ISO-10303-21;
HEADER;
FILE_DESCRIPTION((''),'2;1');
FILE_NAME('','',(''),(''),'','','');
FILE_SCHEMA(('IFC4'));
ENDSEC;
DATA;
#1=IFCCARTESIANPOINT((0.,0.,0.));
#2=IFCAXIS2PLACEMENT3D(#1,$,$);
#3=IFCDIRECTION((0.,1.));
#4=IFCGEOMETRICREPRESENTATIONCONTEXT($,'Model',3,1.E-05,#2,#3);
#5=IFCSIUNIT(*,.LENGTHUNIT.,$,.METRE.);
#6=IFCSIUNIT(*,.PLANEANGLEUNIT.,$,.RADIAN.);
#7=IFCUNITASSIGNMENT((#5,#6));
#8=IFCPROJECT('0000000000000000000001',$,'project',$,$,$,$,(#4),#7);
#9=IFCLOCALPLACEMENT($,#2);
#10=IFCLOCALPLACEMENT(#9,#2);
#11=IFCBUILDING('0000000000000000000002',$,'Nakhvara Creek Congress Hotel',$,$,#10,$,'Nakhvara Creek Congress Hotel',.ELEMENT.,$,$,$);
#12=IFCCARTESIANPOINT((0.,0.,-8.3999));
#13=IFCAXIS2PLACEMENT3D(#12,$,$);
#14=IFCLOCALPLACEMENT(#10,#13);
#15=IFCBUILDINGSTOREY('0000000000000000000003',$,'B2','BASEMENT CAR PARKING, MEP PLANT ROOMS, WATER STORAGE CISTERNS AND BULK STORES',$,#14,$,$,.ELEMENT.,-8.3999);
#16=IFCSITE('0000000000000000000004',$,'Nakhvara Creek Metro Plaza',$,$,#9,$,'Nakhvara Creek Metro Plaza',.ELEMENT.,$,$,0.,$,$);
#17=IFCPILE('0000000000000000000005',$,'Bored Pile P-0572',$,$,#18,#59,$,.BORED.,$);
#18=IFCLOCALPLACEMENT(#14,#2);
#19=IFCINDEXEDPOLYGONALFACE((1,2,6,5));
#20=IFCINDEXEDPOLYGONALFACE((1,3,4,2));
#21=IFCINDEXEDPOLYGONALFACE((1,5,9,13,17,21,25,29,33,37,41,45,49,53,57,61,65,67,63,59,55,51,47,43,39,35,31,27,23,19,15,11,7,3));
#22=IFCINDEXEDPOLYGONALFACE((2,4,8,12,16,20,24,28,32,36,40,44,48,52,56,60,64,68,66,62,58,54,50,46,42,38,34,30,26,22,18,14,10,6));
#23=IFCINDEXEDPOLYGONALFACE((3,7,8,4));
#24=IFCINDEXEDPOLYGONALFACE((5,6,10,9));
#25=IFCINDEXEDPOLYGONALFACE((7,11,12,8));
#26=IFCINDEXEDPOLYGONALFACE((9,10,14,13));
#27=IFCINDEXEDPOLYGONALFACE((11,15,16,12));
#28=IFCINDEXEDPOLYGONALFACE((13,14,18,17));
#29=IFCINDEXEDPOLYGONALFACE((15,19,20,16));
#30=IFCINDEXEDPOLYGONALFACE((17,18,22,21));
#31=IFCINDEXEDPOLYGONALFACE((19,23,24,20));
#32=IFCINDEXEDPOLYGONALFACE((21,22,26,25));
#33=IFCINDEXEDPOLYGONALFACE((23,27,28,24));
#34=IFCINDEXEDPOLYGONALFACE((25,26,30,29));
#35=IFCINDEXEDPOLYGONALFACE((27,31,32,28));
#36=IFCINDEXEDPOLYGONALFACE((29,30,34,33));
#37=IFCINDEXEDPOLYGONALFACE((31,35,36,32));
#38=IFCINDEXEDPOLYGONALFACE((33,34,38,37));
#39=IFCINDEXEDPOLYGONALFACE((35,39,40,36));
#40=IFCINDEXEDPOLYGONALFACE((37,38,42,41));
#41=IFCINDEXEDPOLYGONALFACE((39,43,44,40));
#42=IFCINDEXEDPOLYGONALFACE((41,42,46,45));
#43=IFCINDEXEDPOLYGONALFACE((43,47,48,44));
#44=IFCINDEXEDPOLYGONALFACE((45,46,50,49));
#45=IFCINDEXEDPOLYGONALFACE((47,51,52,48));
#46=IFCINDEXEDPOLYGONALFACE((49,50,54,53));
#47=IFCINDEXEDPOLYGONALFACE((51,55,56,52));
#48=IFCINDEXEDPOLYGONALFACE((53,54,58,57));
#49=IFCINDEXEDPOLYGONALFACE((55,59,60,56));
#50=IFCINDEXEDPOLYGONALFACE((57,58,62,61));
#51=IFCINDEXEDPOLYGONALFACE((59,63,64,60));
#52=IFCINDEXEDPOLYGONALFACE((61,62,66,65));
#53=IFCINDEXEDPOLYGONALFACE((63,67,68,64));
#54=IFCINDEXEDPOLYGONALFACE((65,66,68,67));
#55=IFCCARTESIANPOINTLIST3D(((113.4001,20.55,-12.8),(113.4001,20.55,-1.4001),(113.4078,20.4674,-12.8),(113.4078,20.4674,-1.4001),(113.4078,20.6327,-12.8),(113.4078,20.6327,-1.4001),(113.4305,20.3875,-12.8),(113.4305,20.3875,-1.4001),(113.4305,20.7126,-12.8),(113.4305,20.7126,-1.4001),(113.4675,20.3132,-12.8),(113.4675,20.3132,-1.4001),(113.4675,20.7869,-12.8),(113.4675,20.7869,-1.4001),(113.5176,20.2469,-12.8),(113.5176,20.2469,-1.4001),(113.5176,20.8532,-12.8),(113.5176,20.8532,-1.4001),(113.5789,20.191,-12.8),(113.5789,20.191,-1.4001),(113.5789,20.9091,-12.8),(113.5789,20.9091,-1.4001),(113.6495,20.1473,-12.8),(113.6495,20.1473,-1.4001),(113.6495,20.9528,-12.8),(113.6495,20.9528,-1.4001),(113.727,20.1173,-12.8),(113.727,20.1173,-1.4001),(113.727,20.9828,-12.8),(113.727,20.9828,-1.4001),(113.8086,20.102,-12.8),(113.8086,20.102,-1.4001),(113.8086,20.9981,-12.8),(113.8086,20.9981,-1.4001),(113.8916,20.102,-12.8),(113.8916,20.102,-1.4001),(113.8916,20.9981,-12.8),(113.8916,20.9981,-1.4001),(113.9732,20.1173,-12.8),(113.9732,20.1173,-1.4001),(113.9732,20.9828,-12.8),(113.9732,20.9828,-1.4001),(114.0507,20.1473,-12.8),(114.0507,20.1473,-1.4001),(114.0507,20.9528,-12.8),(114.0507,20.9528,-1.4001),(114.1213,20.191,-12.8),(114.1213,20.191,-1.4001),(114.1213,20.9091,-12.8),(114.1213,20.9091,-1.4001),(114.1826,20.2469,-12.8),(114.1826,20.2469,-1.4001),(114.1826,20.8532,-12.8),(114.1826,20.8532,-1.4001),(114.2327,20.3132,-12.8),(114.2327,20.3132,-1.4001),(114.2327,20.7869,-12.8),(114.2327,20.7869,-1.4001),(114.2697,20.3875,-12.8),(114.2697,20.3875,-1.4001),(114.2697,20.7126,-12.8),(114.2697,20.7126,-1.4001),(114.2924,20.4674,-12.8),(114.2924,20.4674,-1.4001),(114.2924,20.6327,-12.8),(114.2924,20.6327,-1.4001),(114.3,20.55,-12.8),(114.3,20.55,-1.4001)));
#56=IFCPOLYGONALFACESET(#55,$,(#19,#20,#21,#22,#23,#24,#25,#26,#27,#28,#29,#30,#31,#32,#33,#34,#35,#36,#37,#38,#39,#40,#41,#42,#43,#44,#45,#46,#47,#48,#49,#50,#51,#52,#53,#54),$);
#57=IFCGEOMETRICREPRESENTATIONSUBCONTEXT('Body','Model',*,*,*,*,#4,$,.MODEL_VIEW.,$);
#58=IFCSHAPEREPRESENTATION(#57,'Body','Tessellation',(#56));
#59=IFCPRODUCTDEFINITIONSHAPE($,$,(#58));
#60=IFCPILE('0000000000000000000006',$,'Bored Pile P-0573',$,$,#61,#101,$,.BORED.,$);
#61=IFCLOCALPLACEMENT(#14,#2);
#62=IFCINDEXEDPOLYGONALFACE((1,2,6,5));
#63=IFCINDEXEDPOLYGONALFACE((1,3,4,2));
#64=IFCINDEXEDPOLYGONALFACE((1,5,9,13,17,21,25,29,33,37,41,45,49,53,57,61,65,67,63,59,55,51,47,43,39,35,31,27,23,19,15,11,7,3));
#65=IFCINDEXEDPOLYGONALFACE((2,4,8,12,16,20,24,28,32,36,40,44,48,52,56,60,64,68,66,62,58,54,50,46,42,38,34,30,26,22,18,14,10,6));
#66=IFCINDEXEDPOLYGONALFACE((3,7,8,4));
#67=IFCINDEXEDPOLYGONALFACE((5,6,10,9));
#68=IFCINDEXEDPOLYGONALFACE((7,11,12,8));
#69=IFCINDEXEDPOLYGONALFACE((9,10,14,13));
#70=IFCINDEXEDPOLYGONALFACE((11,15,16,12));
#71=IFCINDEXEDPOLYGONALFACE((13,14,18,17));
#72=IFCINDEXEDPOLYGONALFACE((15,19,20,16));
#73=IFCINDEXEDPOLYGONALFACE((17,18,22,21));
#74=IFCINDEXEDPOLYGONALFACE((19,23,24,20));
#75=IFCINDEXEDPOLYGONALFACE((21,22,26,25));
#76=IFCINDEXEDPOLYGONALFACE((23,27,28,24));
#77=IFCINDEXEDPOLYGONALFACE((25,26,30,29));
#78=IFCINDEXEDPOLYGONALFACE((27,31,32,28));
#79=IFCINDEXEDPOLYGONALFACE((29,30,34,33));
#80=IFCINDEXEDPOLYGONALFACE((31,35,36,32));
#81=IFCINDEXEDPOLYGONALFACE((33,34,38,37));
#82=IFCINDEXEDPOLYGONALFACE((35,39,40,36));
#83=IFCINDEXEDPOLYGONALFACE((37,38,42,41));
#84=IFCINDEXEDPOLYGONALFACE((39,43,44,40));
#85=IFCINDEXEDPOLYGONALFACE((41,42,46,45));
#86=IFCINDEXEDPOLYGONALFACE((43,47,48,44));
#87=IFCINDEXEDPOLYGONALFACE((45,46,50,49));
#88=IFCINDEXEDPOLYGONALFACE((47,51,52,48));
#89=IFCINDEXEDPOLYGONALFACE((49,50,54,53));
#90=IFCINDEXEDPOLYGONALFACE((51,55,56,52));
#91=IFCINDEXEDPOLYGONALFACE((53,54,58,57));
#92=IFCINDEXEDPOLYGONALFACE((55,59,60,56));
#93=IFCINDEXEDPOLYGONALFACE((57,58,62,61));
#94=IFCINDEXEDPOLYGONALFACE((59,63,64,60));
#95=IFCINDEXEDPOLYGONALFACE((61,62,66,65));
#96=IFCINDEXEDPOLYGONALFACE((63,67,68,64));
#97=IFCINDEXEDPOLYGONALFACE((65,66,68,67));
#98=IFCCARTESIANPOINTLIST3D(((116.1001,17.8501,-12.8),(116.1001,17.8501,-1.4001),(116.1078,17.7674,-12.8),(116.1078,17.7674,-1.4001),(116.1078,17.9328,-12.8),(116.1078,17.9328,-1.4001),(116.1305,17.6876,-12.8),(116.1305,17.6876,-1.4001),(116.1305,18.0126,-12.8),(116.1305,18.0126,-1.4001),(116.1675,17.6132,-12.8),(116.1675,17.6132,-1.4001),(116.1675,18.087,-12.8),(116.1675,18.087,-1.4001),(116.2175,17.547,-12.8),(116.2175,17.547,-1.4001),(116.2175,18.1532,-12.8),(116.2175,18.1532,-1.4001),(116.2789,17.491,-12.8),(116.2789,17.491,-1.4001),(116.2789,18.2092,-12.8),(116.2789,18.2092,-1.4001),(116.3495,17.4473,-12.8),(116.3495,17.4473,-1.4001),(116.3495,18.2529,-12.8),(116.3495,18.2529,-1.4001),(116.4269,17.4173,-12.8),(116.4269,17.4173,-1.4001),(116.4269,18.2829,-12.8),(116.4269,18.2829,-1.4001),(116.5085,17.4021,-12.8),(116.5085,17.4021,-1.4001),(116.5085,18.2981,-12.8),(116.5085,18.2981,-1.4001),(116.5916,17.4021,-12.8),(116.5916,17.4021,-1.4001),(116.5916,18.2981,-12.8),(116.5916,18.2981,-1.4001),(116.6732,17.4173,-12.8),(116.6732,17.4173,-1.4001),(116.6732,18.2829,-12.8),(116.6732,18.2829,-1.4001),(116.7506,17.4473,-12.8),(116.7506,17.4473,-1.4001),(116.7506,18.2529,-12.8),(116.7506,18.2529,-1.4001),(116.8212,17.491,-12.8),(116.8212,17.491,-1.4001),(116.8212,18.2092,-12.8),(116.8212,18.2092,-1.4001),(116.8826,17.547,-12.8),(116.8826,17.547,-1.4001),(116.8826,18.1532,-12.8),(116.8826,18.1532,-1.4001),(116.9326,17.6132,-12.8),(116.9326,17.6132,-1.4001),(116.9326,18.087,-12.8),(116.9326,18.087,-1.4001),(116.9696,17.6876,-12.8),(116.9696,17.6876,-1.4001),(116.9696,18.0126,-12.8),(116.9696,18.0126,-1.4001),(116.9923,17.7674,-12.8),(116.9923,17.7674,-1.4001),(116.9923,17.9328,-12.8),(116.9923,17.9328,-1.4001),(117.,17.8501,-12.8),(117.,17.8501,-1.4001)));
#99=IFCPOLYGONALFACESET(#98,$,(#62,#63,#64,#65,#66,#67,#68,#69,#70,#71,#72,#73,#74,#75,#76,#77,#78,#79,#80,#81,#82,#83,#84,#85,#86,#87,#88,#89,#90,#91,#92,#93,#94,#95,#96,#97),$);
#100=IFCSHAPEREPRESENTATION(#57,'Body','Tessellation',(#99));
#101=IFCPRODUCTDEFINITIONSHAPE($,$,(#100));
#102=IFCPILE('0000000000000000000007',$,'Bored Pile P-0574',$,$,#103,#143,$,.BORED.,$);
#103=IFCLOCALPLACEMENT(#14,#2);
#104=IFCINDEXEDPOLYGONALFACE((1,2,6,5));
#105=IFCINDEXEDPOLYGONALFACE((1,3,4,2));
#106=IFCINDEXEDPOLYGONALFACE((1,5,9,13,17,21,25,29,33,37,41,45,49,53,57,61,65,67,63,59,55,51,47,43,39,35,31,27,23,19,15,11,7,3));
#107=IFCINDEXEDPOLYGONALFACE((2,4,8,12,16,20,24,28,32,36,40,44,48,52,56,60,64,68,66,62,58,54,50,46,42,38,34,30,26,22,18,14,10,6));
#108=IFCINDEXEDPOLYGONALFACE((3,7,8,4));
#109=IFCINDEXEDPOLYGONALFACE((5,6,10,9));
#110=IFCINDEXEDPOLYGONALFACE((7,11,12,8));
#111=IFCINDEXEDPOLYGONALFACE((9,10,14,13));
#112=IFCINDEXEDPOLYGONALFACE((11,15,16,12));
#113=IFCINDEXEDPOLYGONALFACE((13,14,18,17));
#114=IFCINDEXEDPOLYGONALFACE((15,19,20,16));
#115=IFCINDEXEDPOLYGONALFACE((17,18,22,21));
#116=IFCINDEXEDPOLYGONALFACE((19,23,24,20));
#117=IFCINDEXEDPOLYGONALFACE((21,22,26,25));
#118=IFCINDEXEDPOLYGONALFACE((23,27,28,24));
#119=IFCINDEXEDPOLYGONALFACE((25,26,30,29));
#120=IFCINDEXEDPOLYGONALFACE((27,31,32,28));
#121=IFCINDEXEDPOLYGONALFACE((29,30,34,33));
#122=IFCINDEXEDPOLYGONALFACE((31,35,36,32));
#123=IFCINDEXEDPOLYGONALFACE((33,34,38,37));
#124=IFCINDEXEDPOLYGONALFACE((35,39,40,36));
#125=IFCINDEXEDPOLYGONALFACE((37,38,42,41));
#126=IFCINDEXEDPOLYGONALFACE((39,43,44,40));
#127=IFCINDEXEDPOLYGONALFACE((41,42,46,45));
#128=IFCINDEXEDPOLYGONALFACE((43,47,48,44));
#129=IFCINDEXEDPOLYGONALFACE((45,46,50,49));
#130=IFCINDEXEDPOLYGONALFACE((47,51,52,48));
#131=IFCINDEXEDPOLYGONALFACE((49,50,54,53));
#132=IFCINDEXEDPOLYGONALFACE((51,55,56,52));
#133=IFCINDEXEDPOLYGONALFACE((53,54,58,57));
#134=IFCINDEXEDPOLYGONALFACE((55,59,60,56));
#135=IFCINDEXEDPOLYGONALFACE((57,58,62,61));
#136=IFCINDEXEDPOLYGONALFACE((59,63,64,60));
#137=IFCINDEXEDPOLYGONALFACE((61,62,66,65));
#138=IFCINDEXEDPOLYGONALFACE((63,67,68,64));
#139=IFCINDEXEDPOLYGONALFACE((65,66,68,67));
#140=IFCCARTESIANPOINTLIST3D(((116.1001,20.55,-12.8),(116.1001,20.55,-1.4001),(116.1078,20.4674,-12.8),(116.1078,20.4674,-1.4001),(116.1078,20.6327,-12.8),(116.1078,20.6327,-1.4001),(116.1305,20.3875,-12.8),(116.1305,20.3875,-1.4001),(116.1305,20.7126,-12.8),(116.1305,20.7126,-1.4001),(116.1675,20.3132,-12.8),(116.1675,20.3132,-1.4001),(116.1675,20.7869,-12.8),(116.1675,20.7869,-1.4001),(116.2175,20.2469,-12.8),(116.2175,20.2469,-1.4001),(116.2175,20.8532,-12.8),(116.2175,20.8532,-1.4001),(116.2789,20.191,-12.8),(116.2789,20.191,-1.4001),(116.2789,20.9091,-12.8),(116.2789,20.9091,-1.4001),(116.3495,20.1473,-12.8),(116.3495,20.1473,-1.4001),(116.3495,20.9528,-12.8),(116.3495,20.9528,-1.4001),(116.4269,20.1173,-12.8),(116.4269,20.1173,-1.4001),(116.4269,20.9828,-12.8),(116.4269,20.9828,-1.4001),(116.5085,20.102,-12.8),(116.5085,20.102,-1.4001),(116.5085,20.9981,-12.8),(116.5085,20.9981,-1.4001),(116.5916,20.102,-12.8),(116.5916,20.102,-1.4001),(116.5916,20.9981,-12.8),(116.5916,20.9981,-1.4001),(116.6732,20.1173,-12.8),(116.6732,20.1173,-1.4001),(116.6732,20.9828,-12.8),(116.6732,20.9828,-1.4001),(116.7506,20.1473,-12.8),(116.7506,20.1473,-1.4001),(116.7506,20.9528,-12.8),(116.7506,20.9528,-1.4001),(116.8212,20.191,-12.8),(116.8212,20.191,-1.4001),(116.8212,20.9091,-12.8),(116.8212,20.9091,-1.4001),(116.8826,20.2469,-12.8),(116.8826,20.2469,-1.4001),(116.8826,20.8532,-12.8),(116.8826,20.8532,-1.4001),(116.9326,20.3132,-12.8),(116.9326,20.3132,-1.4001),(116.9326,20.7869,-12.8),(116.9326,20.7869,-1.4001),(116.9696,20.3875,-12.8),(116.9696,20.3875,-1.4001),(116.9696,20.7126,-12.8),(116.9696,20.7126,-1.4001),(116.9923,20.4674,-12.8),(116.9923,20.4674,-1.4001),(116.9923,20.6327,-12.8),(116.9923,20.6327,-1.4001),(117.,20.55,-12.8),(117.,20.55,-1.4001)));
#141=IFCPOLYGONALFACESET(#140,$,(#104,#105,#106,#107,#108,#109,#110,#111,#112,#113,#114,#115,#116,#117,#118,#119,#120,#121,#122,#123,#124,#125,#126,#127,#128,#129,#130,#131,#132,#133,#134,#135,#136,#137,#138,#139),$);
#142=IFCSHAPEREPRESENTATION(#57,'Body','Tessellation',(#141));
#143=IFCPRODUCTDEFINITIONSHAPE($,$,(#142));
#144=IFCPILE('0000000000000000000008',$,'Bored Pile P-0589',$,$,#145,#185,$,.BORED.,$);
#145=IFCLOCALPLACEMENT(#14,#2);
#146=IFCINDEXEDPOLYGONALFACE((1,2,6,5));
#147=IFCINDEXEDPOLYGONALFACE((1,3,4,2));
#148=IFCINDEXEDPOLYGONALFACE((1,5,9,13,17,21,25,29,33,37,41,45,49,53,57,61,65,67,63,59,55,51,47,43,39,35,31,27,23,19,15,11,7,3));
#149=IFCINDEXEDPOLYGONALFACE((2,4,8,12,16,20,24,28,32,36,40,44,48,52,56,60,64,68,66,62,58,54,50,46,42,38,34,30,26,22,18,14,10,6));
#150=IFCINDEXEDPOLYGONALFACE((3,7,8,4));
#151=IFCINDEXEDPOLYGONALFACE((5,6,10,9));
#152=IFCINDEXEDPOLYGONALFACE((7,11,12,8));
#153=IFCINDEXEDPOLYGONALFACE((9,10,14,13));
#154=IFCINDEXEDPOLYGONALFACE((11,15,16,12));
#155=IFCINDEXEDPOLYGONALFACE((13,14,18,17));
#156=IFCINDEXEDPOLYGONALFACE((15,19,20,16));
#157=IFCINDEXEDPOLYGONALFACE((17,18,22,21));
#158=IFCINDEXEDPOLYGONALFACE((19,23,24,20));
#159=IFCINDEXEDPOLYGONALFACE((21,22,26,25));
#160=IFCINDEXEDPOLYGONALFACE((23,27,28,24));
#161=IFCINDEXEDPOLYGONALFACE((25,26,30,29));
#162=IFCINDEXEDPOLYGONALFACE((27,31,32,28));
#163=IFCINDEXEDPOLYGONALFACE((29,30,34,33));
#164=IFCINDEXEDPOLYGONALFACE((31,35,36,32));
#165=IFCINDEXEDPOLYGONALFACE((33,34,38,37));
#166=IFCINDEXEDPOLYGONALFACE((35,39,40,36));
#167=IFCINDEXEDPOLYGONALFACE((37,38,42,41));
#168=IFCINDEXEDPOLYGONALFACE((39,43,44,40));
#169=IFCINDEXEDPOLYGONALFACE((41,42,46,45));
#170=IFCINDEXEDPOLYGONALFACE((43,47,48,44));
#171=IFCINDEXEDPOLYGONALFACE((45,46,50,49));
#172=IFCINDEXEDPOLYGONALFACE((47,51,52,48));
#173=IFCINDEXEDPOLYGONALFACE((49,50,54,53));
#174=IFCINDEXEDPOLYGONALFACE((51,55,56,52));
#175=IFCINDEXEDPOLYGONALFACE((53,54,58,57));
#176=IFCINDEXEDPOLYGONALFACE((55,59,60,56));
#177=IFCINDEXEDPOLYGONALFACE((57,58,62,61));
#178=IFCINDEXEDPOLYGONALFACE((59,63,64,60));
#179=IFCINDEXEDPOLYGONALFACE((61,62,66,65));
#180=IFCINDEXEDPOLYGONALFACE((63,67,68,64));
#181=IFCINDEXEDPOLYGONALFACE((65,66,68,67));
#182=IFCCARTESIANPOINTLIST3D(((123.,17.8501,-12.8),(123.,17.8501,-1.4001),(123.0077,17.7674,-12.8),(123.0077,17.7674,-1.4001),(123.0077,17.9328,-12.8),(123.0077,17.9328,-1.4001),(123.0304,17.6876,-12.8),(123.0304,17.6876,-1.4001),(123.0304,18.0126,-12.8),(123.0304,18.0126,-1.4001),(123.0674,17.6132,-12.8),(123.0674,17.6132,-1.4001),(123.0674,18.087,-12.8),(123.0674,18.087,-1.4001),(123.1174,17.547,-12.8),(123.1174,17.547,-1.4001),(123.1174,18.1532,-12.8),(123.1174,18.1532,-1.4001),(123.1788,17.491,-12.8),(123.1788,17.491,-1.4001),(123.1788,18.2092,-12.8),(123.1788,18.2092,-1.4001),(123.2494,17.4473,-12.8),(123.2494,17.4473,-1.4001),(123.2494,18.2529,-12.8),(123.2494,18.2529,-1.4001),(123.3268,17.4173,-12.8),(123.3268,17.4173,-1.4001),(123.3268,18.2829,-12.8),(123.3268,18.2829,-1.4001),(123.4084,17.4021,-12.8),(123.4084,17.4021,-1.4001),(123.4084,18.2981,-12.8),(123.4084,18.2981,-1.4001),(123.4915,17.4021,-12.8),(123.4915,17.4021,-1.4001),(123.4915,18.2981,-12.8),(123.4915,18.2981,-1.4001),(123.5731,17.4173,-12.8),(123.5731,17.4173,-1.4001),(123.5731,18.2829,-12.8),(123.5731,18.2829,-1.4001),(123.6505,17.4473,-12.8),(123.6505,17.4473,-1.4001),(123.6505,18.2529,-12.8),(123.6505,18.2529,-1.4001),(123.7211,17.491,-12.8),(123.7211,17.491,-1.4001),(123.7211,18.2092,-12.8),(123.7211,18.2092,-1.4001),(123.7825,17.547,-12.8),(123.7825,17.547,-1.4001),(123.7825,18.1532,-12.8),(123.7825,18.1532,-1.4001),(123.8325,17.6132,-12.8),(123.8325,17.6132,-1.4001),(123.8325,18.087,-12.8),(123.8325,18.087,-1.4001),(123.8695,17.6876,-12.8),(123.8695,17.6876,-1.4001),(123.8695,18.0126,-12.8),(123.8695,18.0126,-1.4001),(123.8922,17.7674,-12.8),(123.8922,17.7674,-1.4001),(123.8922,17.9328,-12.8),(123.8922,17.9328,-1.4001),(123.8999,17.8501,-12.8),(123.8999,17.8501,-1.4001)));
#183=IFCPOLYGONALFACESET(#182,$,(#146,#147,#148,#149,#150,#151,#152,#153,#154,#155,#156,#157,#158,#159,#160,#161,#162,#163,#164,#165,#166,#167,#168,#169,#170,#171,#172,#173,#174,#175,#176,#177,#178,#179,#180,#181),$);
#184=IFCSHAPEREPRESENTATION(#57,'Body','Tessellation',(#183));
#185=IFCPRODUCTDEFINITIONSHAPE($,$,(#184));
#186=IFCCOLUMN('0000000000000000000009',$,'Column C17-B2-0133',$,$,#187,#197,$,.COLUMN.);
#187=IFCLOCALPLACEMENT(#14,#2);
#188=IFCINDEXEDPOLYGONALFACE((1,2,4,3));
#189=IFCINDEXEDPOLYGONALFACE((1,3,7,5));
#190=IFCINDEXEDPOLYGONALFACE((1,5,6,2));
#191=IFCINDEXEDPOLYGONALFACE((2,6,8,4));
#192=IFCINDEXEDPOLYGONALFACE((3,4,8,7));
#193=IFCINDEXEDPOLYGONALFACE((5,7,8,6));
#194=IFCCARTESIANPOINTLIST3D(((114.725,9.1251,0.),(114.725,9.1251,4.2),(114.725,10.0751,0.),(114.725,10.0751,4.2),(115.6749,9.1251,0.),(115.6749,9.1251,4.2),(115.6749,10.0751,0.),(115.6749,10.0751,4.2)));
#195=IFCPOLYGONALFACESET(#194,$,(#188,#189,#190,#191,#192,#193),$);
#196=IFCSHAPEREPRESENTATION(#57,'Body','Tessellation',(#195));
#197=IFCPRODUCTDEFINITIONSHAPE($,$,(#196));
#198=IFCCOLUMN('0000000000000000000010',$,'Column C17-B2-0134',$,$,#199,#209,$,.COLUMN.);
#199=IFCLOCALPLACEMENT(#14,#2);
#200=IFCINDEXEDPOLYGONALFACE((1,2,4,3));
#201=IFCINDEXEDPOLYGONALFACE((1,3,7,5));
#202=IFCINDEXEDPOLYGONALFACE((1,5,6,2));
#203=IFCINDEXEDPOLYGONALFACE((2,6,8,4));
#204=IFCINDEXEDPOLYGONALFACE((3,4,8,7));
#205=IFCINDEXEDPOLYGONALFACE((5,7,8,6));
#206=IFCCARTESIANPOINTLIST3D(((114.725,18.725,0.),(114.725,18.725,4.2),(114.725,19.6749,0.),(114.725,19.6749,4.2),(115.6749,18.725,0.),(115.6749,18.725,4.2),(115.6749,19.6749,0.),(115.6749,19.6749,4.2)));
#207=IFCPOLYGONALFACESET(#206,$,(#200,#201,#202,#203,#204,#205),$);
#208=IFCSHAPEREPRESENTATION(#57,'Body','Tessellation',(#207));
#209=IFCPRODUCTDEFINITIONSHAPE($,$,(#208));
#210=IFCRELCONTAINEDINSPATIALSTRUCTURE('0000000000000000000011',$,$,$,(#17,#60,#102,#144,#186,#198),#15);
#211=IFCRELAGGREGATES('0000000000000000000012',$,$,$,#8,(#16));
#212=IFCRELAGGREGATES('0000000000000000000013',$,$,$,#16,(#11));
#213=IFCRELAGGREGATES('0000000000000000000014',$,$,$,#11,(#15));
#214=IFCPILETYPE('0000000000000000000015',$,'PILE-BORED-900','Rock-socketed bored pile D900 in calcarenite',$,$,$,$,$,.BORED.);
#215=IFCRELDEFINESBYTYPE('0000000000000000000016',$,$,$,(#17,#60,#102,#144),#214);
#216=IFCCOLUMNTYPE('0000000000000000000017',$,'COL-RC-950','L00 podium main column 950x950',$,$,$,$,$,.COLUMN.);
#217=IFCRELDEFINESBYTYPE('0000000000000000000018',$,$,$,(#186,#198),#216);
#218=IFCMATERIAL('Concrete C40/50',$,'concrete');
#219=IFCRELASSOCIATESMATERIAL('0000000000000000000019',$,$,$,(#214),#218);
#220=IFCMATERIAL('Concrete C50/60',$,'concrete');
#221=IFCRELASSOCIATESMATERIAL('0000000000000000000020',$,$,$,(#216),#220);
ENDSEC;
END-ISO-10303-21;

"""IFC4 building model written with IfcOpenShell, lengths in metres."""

from ifc_helpers import new_model, si_unit, direction, frame, origin, origin_2d, place, context, subcontext, project, spatial, rectangle, circle, extrude, material, material_profile, profile_set, type_object, element, save


model = new_model("IFC4")

# Units and contexts
model_context = context("Model", 3, precision=1e-05, world=origin(), true_north=direction((0.0, 1.0)))
body_context = subcontext(model_context, "Body", "Model", "MODEL_VIEW")
ifc_project = project(units=[si_unit("LENGTHUNIT", "METRE"), si_unit("PLANEANGLEUNIT", "RADIAN")], contexts=[model_context])

# Site, building, storey
site_placement = place(None, origin())
site = spatial("IfcSite", under=ifc_project, at=site_placement, Name="Nakhvara Creek Metro Plaza", LongName="Nakhvara Creek Metro Plaza", CompositionType="ELEMENT", RefElevation=0.0)
building_placement = place(site_placement, origin())
building = spatial("IfcBuilding", under=site, at=building_placement, Name="Nakhvara Creek Congress Hotel", LongName="Nakhvara Creek Congress Hotel", CompositionType="ELEMENT")
storey_placement = place(building_placement, frame((0.0, 0.0, -8.3999)))
storey = spatial("IfcBuildingStorey", under=building, at=storey_placement, Name="B2", Description="BASEMENT CAR PARKING, MEP PLANT ROOMS, WATER STORAGE CISTERNS AND BULK STORES", CompositionType="ELEMENT", Elevation=-8.3999)

# Shared definitions
ifc_material_1 = material(Name="Concrete C40/50", Category="concrete")

# Piles
ifc_material_profile_1 = material_profile(ifc_material_1, circle(Radius=0.45, at=origin_2d()), Name="BORED PILE D900", Category="LoadBearing")
ifc_profile_set_1 = profile_set([ifc_material_profile_1], Name="Concrete C40/50")
pile_type = type_object("IfcPileType", Name="PILE-BORED-900", Description="Rock-socketed bored pile D900 in calcarenite", PredefinedType="BORED", material=ifc_profile_set_1)
for number, where, z_axis, x_axis, name in (
    (1, (113.8501, 20.55, -1.4001), (0.0, 0.0, -1.0), (1.0, 0.0, 0.0), "Bored Pile P-0572"),
    (2, (116.55, 17.8501, -1.4001), (0.0, 0.0, -1.0), (1.0, 0.0, 0.0), "Bored Pile P-0573"),
    (3, (116.55, 20.55, -1.4001), (0.0, 0.0, -1.0), (1.0, 0.0, 0.0), "Bored Pile P-0574"),
    (4, (123.45, 17.8501, -1.4001), (0.0, 0.0, -1.0), (1.0, 0.0, 0.0), "Bored Pile P-0589"),
):
    element("IfcPile", number, at=place(storey_placement, frame(where, z_axis=z_axis, x_axis=x_axis)), inside=storey, type_object=pile_type, Name=name, PredefinedType="BORED", context=body_context, shape_type="SweptSolid", body=[
        extrude(circle(Radius=0.45, at=origin_2d()), origin(), (0.0, 0.0, 1.0), 11.3999),
    ])

# Columns
ifc_material_2 = material(Name="Concrete C50/60", Category="concrete")
ifc_material_profile_2 = material_profile(ifc_material_2, rectangle(XDim=0.95, YDim=0.95, at=origin_2d()), Name="RC-COL 950x950", Category="LoadBearing")
ifc_profile_set_2 = profile_set([ifc_material_profile_2], Name="Concrete C50/60")
column_type = type_object("IfcColumnType", Name="COL-RC-950", Description="L00 podium main column 950x950", PredefinedType="COLUMN", material=ifc_profile_set_2)
for number, where, z_axis, x_axis, name in (
    (5, (115.2, 9.6001, 0.0), (0.0, 0.0, 1.0), (1.0, 0.0, 0.0), "Column C17-B2-0133"),
    (6, (115.2, 19.2, 0.0), (0.0, 0.0, 1.0), (1.0, 0.0, 0.0), "Column C17-B2-0134"),
):
    element("IfcColumn", number, at=place(storey_placement, frame(where, z_axis=z_axis, x_axis=x_axis)), inside=storey, type_object=column_type, Name=name, PredefinedType="COLUMN", context=body_context, shape_type="SweptSolid", body=[
        extrude(rectangle(XDim=0.95, YDim=0.95, at=origin_2d()), origin(), (0.0, 0.0, 1.0), 4.2),
    ])

save(model, "model.ifc")
